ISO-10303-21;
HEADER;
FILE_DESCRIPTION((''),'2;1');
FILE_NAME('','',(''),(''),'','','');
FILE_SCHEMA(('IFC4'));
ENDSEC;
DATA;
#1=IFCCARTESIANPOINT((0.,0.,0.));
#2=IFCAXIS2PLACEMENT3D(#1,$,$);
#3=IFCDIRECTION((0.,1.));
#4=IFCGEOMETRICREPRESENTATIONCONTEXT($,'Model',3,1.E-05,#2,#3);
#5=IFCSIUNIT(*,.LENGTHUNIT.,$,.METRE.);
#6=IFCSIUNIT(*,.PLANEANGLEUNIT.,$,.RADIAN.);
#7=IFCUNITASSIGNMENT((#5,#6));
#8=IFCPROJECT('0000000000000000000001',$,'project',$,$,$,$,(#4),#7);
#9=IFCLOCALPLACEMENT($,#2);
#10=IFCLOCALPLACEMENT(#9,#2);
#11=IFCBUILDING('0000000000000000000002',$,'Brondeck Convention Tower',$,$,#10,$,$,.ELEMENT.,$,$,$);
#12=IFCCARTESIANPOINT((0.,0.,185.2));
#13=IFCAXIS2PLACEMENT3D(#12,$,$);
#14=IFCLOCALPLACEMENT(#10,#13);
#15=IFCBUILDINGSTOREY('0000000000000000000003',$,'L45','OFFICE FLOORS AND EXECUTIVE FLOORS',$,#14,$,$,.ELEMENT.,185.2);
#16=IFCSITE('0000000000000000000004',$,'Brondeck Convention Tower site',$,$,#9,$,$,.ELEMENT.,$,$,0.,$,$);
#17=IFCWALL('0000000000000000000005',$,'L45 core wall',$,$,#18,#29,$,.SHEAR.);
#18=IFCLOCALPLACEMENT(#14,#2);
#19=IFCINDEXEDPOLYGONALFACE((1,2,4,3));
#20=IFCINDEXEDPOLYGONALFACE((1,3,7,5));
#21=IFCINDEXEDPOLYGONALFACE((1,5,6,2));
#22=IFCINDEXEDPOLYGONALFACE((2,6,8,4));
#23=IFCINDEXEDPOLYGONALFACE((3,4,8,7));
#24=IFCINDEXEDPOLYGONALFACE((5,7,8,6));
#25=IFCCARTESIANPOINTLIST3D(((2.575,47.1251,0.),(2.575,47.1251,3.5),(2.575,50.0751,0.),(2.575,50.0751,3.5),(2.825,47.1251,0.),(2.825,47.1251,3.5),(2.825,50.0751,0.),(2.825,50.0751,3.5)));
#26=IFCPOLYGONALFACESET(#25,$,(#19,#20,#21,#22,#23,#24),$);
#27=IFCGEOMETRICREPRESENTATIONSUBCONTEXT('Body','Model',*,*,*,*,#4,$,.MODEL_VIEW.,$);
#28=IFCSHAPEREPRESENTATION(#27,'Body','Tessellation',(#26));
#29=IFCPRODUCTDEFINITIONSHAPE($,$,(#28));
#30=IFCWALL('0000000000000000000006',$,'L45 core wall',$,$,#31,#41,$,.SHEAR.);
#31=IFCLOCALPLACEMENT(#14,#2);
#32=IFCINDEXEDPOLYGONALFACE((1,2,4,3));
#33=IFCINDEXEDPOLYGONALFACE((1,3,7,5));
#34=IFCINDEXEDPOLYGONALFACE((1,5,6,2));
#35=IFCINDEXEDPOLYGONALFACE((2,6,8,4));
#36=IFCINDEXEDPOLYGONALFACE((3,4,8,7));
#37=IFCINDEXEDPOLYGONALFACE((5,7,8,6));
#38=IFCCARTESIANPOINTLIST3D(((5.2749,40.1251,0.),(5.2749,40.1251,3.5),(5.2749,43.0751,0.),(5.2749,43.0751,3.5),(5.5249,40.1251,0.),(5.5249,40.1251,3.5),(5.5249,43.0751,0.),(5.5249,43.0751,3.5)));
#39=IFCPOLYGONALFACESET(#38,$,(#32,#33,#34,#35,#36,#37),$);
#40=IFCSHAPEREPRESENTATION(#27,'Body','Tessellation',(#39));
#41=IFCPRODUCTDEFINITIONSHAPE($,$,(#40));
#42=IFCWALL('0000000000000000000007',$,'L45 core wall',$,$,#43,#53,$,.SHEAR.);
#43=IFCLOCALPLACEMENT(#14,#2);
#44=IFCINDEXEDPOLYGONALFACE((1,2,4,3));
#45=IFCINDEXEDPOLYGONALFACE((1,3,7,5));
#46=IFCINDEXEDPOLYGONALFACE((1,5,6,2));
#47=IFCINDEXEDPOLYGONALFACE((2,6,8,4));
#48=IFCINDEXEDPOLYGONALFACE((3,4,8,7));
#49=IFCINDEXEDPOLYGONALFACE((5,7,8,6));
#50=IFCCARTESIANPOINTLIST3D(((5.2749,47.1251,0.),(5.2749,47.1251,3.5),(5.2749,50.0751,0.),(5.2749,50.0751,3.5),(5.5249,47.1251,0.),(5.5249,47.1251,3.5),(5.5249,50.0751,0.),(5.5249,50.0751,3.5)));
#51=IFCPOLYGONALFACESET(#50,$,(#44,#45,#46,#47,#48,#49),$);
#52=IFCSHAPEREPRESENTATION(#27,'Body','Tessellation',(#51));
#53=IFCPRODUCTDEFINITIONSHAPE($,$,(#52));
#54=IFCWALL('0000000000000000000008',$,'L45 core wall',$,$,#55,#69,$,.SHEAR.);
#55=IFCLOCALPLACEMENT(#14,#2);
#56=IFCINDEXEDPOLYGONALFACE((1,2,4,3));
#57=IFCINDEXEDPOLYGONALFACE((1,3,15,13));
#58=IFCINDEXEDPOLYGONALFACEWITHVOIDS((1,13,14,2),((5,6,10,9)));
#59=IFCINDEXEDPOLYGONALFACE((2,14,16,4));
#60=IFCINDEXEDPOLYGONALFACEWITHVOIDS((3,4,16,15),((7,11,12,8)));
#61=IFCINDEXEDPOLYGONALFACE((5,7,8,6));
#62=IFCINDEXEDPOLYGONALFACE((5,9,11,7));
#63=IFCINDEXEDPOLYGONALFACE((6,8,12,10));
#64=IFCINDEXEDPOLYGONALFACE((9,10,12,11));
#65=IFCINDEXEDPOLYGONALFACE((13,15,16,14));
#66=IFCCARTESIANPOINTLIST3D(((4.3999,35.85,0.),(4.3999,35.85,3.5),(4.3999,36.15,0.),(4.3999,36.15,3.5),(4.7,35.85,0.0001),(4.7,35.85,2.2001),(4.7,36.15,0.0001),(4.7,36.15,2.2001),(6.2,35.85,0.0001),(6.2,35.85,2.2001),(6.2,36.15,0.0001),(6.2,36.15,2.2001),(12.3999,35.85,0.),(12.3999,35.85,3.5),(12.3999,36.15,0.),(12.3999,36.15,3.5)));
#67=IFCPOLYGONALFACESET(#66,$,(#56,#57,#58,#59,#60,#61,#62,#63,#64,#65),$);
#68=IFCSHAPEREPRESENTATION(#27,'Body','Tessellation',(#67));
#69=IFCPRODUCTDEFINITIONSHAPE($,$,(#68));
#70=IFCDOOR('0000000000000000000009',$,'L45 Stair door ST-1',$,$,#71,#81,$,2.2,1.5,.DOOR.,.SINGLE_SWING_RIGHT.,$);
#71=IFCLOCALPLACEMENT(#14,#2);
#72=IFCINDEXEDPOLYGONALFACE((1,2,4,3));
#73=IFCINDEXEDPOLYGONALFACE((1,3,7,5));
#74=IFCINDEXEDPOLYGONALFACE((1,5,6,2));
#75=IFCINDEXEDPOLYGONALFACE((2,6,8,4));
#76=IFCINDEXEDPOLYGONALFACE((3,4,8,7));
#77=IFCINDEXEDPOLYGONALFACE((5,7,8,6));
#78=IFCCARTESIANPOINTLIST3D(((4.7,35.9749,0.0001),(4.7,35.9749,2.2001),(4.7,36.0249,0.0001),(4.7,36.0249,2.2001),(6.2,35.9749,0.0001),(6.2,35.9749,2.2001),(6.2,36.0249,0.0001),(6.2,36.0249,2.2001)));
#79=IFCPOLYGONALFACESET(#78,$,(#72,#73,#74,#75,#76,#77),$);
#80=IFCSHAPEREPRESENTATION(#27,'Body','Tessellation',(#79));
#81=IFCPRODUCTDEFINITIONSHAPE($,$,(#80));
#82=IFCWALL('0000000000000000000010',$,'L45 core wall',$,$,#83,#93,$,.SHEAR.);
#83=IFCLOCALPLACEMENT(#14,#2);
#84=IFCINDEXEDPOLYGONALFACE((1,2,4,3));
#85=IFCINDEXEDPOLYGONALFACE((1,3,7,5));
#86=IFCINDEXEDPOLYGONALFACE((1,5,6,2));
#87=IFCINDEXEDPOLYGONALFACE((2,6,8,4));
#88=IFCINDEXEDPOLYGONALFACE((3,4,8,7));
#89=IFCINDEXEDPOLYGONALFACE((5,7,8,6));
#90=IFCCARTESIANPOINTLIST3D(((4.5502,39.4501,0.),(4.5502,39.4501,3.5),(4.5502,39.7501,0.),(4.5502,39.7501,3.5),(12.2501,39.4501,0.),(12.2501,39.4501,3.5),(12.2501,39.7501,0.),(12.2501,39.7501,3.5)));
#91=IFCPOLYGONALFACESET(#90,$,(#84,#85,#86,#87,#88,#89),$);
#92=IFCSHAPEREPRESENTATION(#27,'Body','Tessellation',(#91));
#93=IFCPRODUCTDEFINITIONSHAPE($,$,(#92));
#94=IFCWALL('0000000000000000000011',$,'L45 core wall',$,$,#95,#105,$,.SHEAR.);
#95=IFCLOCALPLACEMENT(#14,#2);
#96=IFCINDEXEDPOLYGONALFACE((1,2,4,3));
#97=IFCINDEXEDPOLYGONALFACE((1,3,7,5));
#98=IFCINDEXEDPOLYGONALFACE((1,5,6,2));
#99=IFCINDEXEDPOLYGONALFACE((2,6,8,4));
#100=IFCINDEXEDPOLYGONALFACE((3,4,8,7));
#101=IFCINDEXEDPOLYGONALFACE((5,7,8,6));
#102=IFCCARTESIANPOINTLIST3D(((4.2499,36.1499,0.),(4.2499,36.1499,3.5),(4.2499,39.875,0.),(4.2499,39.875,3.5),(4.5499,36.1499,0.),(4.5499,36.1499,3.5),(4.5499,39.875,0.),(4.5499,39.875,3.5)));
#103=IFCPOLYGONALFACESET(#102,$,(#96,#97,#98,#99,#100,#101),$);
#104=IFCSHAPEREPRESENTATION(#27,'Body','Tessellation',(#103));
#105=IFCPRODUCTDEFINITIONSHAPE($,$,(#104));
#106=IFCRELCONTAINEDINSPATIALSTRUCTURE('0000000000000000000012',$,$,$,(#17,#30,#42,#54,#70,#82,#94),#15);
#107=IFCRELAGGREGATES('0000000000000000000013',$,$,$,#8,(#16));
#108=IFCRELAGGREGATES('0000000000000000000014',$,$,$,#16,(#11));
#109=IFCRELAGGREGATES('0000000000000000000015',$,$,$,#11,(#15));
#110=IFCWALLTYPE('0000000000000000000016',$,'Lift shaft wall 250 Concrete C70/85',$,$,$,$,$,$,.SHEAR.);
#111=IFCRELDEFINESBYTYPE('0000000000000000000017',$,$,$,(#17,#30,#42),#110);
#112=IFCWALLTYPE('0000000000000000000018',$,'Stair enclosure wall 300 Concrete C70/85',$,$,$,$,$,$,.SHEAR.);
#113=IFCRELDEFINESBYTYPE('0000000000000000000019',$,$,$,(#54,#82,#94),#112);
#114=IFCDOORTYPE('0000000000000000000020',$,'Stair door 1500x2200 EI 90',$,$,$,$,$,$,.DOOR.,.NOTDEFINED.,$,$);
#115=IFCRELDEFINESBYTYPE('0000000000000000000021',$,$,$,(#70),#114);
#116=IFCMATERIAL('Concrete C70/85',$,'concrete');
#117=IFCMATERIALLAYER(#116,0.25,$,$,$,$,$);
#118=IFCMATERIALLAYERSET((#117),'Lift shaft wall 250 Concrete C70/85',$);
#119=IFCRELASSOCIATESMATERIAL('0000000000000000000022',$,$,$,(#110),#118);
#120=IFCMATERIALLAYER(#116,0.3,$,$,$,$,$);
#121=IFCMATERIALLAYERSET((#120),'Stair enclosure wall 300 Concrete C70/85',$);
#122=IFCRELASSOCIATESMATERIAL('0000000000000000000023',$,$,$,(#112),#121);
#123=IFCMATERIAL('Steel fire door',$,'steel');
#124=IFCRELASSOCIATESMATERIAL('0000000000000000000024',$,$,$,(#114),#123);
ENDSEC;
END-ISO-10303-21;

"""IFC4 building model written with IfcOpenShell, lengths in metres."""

from ifc_helpers import new_model, si_unit, direction, frame, frame_2d, origin, place, context, subcontext, project, spatial, rectangle, extrude, material, layer, layer_set, type_object, element, fill, save


model = new_model("IFC4")

# Units and contexts
model_context = context("Model", 3, precision=1e-05, world=origin(), true_north=direction((0.0, 1.0)))
body_context = subcontext(model_context, "Body", "Model", "MODEL_VIEW")
ifc_project = project(units=[si_unit("LENGTHUNIT", "METRE"), si_unit("PLANEANGLEUNIT", "RADIAN")], contexts=[model_context])

# Site, building, storey
site_placement = place(None, origin())
site = spatial("IfcSite", under=ifc_project, at=site_placement, Name="Brondeck Convention Tower site", CompositionType="ELEMENT", RefElevation=0.0)
building_placement = place(site_placement, origin())
building = spatial("IfcBuilding", under=site, at=building_placement, Name="Brondeck Convention Tower", CompositionType="ELEMENT")
storey_placement = place(building_placement, frame((0.0, 0.0, 185.2)))
storey = spatial("IfcBuildingStorey", under=building, at=storey_placement, Name="L45", Description="OFFICE FLOORS AND EXECUTIVE FLOORS", CompositionType="ELEMENT", Elevation=185.2)

# Shared definitions
ifc_material_1 = material(Name="Concrete C70/85", Category="concrete")

# Shared definitions
ifc_material_2 = material(Name="Steel fire door", Category="steel")

# Shared definitions
ifc_layer_1 = layer(ifc_material_1, 0.25)
ifc_layer_set_1 = layer_set([ifc_layer_1], Name="Lift shaft wall 250 Concrete C70/85")
wall_type_1 = type_object("IfcWallType", Name="Lift shaft wall 250 Concrete C70/85", PredefinedType="SHEAR", material=ifc_layer_set_1)

# Walls
for number, where, z_axis, x_axis, name in (
    (1, (2.7, 47.125, 0.0), (0.0, 0.0, 1.0), (0.0, 1.0, 0.0), "L45 core wall"),
    (2, (5.3999, 40.125, 0.0), (0.0, 0.0, 1.0), (0.0, 1.0, 0.0), "L45 core wall"),
    (3, (5.3999, 47.125, 0.0), (0.0, 0.0, 1.0), (0.0, 1.0, 0.0), "L45 core wall"),
):
    element("IfcWall", number, at=place(storey_placement, frame(where, z_axis=z_axis, x_axis=x_axis)), inside=storey, type_object=wall_type_1, Name=name, PredefinedType="SHEAR", context=body_context, shape_type="SweptSolid", body=[
        extrude(rectangle(XDim=2.95, YDim=0.25, at=frame_2d((1.4751, 0.0))), origin(), (0.0, 0.0, 1.0), 3.5),
    ])

# Wall, opening, door
ifc_layer_2 = layer(ifc_material_1, 0.3)
ifc_layer_set_2 = layer_set([ifc_layer_2], Name="Stair enclosure wall 300 Concrete C70/85")
wall_type_2 = type_object("IfcWallType", Name="Stair enclosure wall 300 Concrete C70/85", PredefinedType="SHEAR", material=ifc_layer_set_2)
wall_1_placement = place(storey_placement, frame((4.3999, 36.0, 0.0), z_axis=(0.0, 0.0, 1.0), x_axis=(1.0, 0.0, 0.0)))
wall_1 = element("IfcWall", 4, at=wall_1_placement, inside=storey, type_object=wall_type_2, Name="L45 core wall", PredefinedType="SHEAR", context=body_context, shape_type="SweptSolid", body=[
    extrude(rectangle(XDim=8.0, YDim=0.3, at=frame_2d((4.0, 0.0))), origin(), (0.0, 0.0, 1.0), 3.5),
])
opening_1_placement = place(wall_1_placement, frame((0.3, 0.0, 0.0)))
opening_1 = element("IfcOpeningElement", 5, at=opening_1_placement, cuts=wall_1, PredefinedType="OPENING", context=body_context, shape_type="SweptSolid", body=[
    extrude(rectangle(XDim=1.5, YDim=2.2, at=frame_2d((0.75, 1.1001))), frame((0.0, 0.1599, 0.0), z_axis=(0.0, -1.0, 0.0), x_axis=(1.0, 0.0, 0.0)), (0.0, 0.0, 1.0), 0.3201),
])
door_type_1 = type_object("IfcDoorType", Name="Stair door 1500x2200 EI 90", OperationType="NOTDEFINED", PredefinedType="DOOR", material=ifc_material_2)
door_1_placement = place(opening_1_placement, origin())
door_1 = element("IfcDoor", 6, at=door_1_placement, inside=storey, type_object=door_type_1, Name="L45 Stair door ST-1", OperationType="SINGLE_SWING_RIGHT", OverallHeight=2.2, OverallWidth=1.5, PredefinedType="DOOR", context=body_context, shape_type="SweptSolid", body=[
    extrude(rectangle(XDim=1.5, YDim=2.2, at=frame_2d((0.75, 1.1001))), frame((0.0, 0.0249, 0.0), z_axis=(0.0, -1.0, 0.0), x_axis=(1.0, 0.0, 0.0)), (0.0, 0.0, 1.0), 0.05),
])
fill(opening_1, door_1)

# Walls
wall_2_placement = place(storey_placement, frame((4.55, 39.6001, 0.0), z_axis=(0.0, 0.0, 1.0), x_axis=(1.0, 0.0, 0.0)))
element("IfcWall", 7, at=wall_2_placement, inside=storey, type_object=wall_type_2, Name="L45 core wall", PredefinedType="SHEAR", context=body_context, shape_type="SweptSolid", body=[
    extrude(rectangle(XDim=7.7, YDim=0.3, at=frame_2d((3.8501, 0.0))), origin(), (0.0, 0.0, 1.0), 3.5),
])
wall_3_placement = place(storey_placement, frame((4.3999, 36.1499, 0.0), z_axis=(0.0, 0.0, 1.0), x_axis=(0.0, 1.0, 0.0)))
element("IfcWall", 8, at=wall_3_placement, inside=storey, type_object=wall_type_2, Name="L45 core wall", PredefinedType="SHEAR", context=body_context, shape_type="SweptSolid", body=[
    extrude(rectangle(XDim=3.7251, YDim=0.3, at=frame_2d((1.8625, 0.0))), origin(), (0.0, 0.0, 1.0), 3.5),
])

save(model, "model.ifc")
